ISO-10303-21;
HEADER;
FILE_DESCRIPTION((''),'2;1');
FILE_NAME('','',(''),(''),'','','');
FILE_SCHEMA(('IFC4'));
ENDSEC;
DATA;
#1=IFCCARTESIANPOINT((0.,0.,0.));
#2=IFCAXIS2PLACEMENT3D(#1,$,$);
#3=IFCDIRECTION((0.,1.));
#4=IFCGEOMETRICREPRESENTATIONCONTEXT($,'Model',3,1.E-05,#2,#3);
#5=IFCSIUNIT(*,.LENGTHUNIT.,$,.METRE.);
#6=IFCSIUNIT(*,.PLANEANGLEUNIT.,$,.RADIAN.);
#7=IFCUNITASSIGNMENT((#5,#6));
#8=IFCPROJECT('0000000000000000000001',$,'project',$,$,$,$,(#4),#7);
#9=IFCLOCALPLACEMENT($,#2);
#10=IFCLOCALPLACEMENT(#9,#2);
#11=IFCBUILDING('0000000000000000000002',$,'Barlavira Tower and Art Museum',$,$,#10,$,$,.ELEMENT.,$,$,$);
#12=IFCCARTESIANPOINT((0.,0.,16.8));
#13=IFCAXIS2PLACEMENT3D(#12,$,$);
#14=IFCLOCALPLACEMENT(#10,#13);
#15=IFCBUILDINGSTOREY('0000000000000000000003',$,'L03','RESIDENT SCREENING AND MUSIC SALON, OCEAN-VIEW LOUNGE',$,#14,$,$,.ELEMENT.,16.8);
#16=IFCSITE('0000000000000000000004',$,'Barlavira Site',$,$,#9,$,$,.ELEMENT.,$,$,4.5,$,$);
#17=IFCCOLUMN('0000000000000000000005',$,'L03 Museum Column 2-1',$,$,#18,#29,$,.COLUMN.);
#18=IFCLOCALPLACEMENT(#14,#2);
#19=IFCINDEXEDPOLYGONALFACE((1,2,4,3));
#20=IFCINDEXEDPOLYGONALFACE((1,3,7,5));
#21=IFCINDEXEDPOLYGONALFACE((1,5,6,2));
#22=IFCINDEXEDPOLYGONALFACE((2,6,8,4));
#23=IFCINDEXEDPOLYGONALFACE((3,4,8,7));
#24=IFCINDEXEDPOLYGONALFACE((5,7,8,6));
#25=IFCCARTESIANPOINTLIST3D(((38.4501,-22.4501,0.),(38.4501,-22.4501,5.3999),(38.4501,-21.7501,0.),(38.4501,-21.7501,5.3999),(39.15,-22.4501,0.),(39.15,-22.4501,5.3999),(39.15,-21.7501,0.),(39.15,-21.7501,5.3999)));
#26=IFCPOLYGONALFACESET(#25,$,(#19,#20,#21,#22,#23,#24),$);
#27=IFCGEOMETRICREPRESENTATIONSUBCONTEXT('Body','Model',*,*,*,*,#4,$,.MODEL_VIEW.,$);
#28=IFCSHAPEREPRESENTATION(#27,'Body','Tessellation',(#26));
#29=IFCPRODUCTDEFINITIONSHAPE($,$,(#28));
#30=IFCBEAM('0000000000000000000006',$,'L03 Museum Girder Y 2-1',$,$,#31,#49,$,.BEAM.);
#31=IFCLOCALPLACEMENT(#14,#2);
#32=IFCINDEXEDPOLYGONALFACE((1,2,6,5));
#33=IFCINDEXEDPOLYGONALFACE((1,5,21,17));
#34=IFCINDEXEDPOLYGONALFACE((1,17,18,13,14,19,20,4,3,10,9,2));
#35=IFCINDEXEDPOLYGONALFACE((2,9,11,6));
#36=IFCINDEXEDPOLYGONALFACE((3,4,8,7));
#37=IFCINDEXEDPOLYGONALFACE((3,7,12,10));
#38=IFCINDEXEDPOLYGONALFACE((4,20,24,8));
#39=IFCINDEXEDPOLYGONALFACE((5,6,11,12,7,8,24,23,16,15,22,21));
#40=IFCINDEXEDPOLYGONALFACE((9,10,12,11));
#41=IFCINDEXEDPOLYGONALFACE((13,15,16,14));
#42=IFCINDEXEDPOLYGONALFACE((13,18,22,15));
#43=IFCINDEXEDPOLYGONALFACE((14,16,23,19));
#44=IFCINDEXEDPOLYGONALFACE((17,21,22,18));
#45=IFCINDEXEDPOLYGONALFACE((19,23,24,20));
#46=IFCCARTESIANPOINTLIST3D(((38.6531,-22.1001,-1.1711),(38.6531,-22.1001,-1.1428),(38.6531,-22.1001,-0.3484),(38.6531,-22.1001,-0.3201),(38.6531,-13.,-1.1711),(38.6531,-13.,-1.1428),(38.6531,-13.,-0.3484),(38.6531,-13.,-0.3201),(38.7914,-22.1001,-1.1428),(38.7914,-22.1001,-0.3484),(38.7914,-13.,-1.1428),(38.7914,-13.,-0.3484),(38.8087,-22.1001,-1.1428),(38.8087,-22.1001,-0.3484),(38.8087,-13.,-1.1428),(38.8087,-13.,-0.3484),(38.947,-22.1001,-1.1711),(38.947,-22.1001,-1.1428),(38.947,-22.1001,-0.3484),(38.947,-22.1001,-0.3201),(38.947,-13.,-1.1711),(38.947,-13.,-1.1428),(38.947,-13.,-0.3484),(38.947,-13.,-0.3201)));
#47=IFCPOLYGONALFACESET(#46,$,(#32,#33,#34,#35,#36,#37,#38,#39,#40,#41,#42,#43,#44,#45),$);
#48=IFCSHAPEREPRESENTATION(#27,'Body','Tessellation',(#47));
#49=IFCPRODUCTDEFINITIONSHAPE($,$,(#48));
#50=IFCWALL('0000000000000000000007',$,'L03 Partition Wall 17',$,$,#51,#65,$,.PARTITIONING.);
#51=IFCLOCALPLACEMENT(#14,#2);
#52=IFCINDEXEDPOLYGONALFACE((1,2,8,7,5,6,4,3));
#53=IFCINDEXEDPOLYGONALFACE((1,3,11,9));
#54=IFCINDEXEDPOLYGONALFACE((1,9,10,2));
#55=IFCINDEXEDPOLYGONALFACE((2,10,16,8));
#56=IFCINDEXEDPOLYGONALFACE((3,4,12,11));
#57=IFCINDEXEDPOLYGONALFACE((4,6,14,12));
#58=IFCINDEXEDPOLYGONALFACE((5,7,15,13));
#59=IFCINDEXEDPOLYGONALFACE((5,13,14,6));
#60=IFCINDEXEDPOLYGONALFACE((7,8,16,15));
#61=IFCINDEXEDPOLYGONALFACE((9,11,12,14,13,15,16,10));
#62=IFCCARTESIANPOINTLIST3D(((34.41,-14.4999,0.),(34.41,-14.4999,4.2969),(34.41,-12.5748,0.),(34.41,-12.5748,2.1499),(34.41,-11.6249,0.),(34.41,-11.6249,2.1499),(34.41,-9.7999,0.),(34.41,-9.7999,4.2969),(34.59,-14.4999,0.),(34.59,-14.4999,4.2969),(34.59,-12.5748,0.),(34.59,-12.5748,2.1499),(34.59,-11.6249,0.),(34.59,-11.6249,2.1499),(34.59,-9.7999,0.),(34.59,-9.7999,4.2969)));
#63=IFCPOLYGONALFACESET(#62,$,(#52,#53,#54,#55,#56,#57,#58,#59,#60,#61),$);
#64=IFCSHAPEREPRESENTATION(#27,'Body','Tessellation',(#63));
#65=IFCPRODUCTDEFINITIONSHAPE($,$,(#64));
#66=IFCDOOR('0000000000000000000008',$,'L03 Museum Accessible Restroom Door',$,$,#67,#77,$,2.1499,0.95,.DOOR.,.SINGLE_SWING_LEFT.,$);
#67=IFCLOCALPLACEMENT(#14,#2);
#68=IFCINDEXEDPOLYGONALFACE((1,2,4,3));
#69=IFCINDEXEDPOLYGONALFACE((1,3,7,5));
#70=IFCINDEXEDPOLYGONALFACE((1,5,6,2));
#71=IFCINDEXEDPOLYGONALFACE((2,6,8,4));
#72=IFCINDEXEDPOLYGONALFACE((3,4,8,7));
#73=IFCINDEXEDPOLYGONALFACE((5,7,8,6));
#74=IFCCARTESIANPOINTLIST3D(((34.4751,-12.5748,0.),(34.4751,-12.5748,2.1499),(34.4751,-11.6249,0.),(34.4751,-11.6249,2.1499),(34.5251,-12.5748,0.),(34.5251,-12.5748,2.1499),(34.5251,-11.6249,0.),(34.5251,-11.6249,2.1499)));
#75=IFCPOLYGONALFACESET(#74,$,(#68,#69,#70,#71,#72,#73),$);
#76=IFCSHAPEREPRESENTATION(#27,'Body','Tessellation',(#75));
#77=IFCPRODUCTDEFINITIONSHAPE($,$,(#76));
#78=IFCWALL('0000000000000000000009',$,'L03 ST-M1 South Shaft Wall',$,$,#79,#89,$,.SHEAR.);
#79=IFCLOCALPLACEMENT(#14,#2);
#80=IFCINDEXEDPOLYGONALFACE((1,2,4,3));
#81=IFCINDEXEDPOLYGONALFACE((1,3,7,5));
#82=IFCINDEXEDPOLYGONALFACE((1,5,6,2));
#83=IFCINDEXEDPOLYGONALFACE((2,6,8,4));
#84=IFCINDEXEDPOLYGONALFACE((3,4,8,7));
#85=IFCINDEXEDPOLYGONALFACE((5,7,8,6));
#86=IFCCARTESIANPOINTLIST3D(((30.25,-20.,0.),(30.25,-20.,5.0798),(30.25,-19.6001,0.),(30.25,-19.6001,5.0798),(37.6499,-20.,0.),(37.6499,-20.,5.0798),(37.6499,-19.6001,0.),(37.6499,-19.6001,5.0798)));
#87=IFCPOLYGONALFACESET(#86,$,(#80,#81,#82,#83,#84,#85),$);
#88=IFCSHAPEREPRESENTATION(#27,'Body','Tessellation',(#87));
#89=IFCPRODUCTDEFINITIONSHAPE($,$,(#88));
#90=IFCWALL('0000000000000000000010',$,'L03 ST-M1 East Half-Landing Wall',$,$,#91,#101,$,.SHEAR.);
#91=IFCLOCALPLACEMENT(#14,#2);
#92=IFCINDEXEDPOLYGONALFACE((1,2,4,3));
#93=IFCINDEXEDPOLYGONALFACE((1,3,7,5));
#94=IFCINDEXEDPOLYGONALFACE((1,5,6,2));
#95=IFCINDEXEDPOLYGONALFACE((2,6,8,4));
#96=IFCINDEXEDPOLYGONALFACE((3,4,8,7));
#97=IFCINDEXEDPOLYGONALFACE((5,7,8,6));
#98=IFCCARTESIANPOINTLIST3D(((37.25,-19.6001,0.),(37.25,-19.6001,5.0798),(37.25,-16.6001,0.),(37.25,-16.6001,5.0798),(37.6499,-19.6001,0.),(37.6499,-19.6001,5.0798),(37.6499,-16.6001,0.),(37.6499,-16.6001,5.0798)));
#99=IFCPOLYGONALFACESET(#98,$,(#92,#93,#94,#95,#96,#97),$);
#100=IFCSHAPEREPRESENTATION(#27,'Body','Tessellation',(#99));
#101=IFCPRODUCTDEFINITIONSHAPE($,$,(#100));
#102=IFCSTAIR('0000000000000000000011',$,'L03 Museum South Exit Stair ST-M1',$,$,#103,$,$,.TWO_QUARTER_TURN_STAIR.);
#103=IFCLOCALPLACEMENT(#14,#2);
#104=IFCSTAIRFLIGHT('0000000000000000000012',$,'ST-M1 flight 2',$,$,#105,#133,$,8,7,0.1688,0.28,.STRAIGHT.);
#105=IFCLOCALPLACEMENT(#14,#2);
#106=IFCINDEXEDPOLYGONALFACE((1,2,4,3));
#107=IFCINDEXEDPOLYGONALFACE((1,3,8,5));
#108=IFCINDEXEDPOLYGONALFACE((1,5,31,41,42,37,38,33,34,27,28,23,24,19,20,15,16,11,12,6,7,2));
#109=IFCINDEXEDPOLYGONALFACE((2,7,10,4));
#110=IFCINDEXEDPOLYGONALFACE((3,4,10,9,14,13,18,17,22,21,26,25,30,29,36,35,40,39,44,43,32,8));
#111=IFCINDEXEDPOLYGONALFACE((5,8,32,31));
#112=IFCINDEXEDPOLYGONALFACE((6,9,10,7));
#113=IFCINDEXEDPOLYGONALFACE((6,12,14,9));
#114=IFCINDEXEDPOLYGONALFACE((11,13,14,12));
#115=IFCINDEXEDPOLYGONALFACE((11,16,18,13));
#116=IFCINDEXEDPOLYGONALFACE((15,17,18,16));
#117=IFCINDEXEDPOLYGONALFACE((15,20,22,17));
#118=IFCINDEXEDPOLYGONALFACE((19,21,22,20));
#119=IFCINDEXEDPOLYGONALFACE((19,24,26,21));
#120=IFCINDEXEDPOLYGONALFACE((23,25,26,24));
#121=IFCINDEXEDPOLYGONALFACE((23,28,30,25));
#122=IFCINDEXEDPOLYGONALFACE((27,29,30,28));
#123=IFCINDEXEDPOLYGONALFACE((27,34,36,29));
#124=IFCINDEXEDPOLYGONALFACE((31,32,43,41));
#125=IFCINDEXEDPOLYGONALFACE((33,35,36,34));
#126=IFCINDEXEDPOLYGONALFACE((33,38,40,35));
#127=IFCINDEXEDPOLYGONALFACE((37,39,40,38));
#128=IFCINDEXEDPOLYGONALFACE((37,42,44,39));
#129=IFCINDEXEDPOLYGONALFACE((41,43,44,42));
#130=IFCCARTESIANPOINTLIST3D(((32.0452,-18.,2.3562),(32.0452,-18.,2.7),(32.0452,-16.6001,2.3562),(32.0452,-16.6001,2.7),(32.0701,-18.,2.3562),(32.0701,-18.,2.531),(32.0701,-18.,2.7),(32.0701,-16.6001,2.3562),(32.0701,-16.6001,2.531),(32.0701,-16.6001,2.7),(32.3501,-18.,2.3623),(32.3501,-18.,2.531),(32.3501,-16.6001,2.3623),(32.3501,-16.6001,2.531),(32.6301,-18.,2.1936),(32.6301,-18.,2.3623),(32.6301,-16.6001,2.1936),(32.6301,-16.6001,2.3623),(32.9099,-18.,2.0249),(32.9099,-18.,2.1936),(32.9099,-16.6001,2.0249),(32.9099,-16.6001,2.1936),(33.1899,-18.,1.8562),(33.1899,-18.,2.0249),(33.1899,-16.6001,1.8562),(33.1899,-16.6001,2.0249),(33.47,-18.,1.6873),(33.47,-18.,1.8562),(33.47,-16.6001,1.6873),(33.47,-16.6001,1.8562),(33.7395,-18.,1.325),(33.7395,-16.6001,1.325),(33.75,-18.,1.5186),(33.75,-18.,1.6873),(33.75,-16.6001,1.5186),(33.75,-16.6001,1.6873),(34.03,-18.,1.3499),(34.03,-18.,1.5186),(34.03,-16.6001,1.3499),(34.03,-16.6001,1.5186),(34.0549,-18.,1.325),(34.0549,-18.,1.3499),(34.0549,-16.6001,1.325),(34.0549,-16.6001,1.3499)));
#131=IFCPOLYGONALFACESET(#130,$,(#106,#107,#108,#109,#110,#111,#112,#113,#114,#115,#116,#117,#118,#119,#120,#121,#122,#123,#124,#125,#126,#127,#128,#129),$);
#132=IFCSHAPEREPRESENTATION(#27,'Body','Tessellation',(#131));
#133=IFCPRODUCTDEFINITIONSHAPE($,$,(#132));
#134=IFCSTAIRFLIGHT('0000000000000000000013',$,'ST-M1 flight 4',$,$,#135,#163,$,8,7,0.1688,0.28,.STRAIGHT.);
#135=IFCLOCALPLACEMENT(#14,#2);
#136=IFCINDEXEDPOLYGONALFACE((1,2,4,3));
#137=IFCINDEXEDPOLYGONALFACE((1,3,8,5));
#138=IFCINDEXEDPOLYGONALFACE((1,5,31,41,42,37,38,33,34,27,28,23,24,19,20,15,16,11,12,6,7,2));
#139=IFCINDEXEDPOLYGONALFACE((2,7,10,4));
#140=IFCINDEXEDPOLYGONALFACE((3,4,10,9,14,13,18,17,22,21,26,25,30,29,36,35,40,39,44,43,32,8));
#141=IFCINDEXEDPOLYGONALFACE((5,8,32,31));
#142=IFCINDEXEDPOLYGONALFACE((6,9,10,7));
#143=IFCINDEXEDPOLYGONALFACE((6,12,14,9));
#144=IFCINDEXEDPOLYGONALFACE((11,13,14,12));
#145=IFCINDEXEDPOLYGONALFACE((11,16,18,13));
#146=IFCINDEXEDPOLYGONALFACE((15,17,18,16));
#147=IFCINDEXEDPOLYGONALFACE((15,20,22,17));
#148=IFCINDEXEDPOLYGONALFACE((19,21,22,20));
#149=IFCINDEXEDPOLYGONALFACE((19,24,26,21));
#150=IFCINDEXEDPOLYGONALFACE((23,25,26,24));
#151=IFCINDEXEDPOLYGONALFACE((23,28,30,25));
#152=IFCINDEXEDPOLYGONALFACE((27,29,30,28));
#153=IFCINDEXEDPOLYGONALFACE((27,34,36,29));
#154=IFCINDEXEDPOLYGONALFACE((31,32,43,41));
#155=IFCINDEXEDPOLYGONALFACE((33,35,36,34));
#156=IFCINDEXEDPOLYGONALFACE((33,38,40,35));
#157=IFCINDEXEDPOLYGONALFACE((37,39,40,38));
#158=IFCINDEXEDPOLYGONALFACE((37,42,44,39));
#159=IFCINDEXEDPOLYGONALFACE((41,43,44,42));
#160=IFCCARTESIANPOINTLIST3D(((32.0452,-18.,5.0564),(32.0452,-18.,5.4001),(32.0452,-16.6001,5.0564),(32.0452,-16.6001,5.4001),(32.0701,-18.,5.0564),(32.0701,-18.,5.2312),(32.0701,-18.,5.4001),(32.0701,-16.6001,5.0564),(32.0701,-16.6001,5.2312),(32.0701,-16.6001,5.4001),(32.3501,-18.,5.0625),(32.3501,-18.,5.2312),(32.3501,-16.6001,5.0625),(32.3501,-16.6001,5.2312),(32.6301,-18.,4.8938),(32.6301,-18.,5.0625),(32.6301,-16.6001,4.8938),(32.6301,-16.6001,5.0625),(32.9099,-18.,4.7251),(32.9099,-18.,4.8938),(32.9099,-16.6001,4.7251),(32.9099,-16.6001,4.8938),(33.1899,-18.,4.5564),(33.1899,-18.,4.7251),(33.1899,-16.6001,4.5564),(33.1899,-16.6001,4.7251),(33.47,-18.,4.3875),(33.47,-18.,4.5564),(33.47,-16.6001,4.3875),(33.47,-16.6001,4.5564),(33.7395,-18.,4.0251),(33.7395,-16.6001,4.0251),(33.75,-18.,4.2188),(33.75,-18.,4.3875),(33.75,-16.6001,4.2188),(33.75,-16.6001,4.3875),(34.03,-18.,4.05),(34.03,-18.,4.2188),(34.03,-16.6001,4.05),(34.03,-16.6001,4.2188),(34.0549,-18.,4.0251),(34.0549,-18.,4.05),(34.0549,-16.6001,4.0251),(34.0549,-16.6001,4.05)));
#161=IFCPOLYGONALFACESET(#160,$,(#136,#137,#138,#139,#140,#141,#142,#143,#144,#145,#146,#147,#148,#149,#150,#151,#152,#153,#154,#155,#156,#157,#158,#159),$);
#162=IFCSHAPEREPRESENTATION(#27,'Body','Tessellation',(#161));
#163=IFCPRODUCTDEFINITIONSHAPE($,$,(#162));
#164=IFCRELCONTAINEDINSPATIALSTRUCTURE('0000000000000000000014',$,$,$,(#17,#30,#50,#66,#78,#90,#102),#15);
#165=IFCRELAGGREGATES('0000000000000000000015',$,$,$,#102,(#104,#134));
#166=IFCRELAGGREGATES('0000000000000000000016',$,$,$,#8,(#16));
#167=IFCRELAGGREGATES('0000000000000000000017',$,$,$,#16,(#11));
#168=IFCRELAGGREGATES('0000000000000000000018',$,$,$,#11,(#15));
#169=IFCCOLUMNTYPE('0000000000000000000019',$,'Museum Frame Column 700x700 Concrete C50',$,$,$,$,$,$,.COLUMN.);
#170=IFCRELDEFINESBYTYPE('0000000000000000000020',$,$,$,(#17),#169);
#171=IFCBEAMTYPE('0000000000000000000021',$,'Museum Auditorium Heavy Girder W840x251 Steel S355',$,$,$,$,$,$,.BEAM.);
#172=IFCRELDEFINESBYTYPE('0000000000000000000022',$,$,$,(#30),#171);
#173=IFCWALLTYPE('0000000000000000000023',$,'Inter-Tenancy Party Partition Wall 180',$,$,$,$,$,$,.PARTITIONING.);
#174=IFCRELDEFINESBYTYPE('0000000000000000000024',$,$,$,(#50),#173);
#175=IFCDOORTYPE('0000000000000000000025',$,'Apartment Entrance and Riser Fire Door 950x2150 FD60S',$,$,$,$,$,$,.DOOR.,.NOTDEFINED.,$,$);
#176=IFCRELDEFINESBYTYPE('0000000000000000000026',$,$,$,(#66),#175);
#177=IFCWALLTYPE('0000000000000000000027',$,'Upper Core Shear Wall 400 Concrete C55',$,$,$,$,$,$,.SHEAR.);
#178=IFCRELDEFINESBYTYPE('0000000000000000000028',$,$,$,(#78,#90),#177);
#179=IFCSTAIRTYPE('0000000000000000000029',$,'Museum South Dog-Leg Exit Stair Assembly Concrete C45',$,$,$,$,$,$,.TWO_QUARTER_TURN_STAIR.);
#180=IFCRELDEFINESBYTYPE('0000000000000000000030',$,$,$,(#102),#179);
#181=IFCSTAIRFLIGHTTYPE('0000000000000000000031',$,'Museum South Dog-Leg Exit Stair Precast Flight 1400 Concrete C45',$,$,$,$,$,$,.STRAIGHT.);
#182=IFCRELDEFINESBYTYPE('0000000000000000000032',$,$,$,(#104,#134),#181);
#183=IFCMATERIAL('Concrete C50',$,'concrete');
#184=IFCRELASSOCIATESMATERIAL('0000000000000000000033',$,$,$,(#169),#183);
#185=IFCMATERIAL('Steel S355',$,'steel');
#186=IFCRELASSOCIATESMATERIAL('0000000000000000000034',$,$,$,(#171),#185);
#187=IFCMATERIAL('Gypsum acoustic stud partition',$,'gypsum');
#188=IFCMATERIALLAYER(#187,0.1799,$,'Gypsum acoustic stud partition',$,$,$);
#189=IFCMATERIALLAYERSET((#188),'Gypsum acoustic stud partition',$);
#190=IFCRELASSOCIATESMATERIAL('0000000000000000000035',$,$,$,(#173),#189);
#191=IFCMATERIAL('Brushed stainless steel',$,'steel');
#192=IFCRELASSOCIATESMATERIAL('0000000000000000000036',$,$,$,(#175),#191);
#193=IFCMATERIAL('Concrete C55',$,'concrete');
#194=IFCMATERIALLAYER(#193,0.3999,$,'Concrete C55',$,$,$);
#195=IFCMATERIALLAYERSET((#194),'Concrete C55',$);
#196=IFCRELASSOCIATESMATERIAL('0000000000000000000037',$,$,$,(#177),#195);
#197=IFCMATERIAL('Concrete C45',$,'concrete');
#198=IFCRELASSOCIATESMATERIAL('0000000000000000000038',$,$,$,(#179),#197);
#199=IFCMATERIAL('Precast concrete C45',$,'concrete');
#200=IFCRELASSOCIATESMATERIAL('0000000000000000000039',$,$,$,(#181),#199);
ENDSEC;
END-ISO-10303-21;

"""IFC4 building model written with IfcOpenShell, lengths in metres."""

from ifc_helpers import new_model, si_unit, direction, frame, frame_2d, origin, origin_2d, place, context, subcontext, project, spatial, polyline, rectangle, i_section, outline, extrude, material, layer, layer_set, material_profile, profile_set, type_object, element, fill, aggregate, save


model = new_model("IFC4")

# Units and contexts
model_context = context("Model", 3, precision=1e-05, world=origin(), true_north=direction((0.0, 1.0)))
body_context = subcontext(model_context, "Body", "Model", "MODEL_VIEW")
ifc_project = project(units=[si_unit("LENGTHUNIT", "METRE"), si_unit("PLANEANGLEUNIT", "RADIAN")], contexts=[model_context])

# Site, building, storey
site_placement = place(None, origin())
site = spatial("IfcSite", under=ifc_project, at=site_placement, Name="Barlavira Site", CompositionType="ELEMENT", RefElevation=4.5)
building_placement = place(site_placement, origin())
building = spatial("IfcBuilding", under=site, at=building_placement, Name="Barlavira Tower and Art Museum", CompositionType="ELEMENT")
storey_placement = place(building_placement, frame((0.0, 0.0, 16.8)))
storey = spatial("IfcBuildingStorey", under=building, at=storey_placement, Name="L03", Description="RESIDENT SCREENING AND MUSIC SALON, OCEAN-VIEW LOUNGE", CompositionType="ELEMENT", Elevation=16.8)

# Column
ifc_material_1 = material(Name="Concrete C50", Category="concrete")
ifc_material_profile_1 = material_profile(ifc_material_1, rectangle(XDim=0.7, YDim=0.7, at=origin_2d()), Name="RC-COL 700x700")
ifc_profile_set_1 = profile_set([ifc_material_profile_1], Name="Concrete C50")
column_type = type_object("IfcColumnType", Name="Museum Frame Column 700x700 Concrete C50", PredefinedType="COLUMN", material=ifc_profile_set_1)
column_placement = place(storey_placement, frame((38.8, -22.1001, 0.0), z_axis=(0.0, 0.0, 1.0), x_axis=(1.0, 0.0, 0.0)))
element("IfcColumn", 1, at=column_placement, inside=storey, type_object=column_type, Name="L03 Museum Column 2-1", PredefinedType="COLUMN", context=body_context, shape_type="SweptSolid", body=[
    extrude(rectangle(XDim=0.7, YDim=0.7, at=origin_2d()), origin(), (0.0, 0.0, 1.0), 5.3999),
])

# Beam
ifc_material_2 = material(Name="Steel S355", Category="steel")
ifc_material_profile_2 = material_profile(ifc_material_2, i_section(OverallWidth=0.2939, OverallDepth=0.8511, WebThickness=0.0173, FlangeThickness=0.0283, at=origin_2d()), Name="W840x251.0")
ifc_profile_set_2 = profile_set([ifc_material_profile_2], Name="Steel S355")
beam_type = type_object("IfcBeamType", Name="Museum Auditorium Heavy Girder W840x251 Steel S355", PredefinedType="BEAM", material=ifc_profile_set_2)
beam_placement = place(storey_placement, frame((38.8, -22.1001, -0.7456), z_axis=(0.0, 1.0, 0.0), x_axis=(-1.0, 0.0, 0.0)))
element("IfcBeam", 2, at=beam_placement, inside=storey, type_object=beam_type, Name="L03 Museum Girder Y 2-1", PredefinedType="BEAM", context=body_context, shape_type="SweptSolid", body=[
    extrude(i_section(OverallWidth=0.2939, OverallDepth=0.8511, WebThickness=0.0173, FlangeThickness=0.0283, at=origin_2d()), origin(), (0.0, 0.0, 1.0), 9.1001),
])

# Wall, opening, door
ifc_material_3 = material(Name="Gypsum acoustic stud partition", Category="gypsum")
ifc_layer_1 = layer(ifc_material_3, 0.1799, Name="Gypsum acoustic stud partition")
ifc_layer_set_1 = layer_set([ifc_layer_1], Name="Gypsum acoustic stud partition")
wall_type_1 = type_object("IfcWallType", Name="Inter-Tenancy Party Partition Wall 180", PredefinedType="PARTITIONING", material=ifc_layer_set_1)
wall_1_placement = place(storey_placement, frame((34.5, -14.5, 0.0), z_axis=(0.0, 0.0, 1.0), x_axis=(0.0, 1.0, 0.0)))
wall_1 = element("IfcWall", 3, at=wall_1_placement, inside=storey, type_object=wall_type_1, Name="L03 Partition Wall 17", PredefinedType="PARTITIONING", context=body_context, shape_type="SweptSolid", body=[
    extrude(rectangle(XDim=4.7, YDim=0.1799, at=frame_2d((2.3501, 0.0))), origin(), (0.0, 0.0, 1.0), 4.2969),
])
opening_placement = place(wall_1_placement, frame((1.925, 0.0, 0.0)))
opening = element("IfcOpeningElement", 4, at=opening_placement, cuts=wall_1, PredefinedType="OPENING", context=body_context, shape_type="SweptSolid", body=[
    extrude(rectangle(XDim=0.95, YDim=2.1499, at=frame_2d((0.4751, 1.075))), frame((0.0, 0.1001, 0.0), z_axis=(0.0, -1.0, 0.0), x_axis=(1.0, 0.0, 0.0)), (0.0, 0.0, 1.0), 0.2),
])
ifc_material_4 = material(Name="Brushed stainless steel", Category="steel")
door_type = type_object("IfcDoorType", Name="Apartment Entrance and Riser Fire Door 950x2150 FD60S", OperationType="NOTDEFINED", PredefinedType="DOOR", material=ifc_material_4)
door_placement = place(opening_placement, origin())
door = element("IfcDoor", 5, at=door_placement, inside=storey, type_object=door_type, Name="L03 Museum Accessible Restroom Door", OperationType="SINGLE_SWING_LEFT", OverallHeight=2.1499, OverallWidth=0.95, PredefinedType="DOOR", context=body_context, shape_type="SweptSolid", body=[
    extrude(rectangle(XDim=0.95, YDim=2.1499, at=frame_2d((0.4751, 1.075))), frame((0.0, 0.0249, 0.0), z_axis=(0.0, -1.0, 0.0), x_axis=(1.0, 0.0, 0.0)), (0.0, 0.0, 1.0), 0.05),
])
fill(opening, door)

# Walls
ifc_material_5 = material(Name="Concrete C55", Category="concrete")
ifc_layer_2 = layer(ifc_material_5, 0.3999, Name="Concrete C55")
ifc_layer_set_2 = layer_set([ifc_layer_2], Name="Concrete C55")
wall_type_2 = type_object("IfcWallType", Name="Upper Core Shear Wall 400 Concrete C55", PredefinedType="SHEAR", material=ifc_layer_set_2)
wall_2_placement = place(storey_placement, frame((37.6499, -19.8, 0.0), z_axis=(0.0, 0.0, 1.0), x_axis=(-1.0, 0.0, 0.0)))
element("IfcWall", 6, at=wall_2_placement, inside=storey, type_object=wall_type_2, Name="L03 ST-M1 South Shaft Wall", PredefinedType="SHEAR", context=body_context, shape_type="SweptSolid", body=[
    extrude(rectangle(XDim=7.3999, YDim=0.3999, at=frame_2d((3.7, 0.0))), origin(), (0.0, 0.0, 1.0), 5.0798),
])
wall_3_placement = place(storey_placement, frame((37.45, -19.6001, 0.0), z_axis=(0.0, 0.0, 1.0), x_axis=(0.0, 1.0, 0.0)))
element("IfcWall", 7, at=wall_3_placement, inside=storey, type_object=wall_type_2, Name="L03 ST-M1 East Half-Landing Wall", PredefinedType="SHEAR", context=body_context, shape_type="SweptSolid", body=[
    extrude(rectangle(XDim=3.0, YDim=0.3999, at=frame_2d((1.5, 0.0))), origin(), (0.0, 0.0, 1.0), 5.0798),
])

# Stair, stair flights
ifc_material_6 = material(Name="Concrete C45", Category="concrete")
stair_type = type_object("IfcStairType", Name="Museum South Dog-Leg Exit Stair Assembly Concrete C45", PredefinedType="TWO_QUARTER_TURN_STAIR", material=ifc_material_6)
stair_placement = place(storey_placement, origin())
stair = element("IfcStair", 8, at=stair_placement, inside=storey, type_object=stair_type, Name="L03 Museum South Exit Stair ST-M1", PredefinedType="TWO_QUARTER_TURN_STAIR")
ifc_material_7 = material(Name="Precast concrete C45", Category="concrete")
stair_flight_type = type_object("IfcStairFlightType", Name="Museum South Dog-Leg Exit Stair Precast Flight 1400 Concrete C45", PredefinedType="STRAIGHT", material=ifc_material_7)
stair_flight_1_placement = place(storey_placement, frame((34.03, -17.3, 1.3499), z_axis=(0.0, 0.0, 1.0), x_axis=(-1.0, 0.0, 0.0)))
stair_flight_1 = element("IfcStairFlight", 9, at=stair_flight_1_placement, type_object=stair_flight_type, Name="ST-M1 flight 2", NumberOfRisers=8, NumberOfTreads=7, PredefinedType="STRAIGHT", RiserHeight=0.1688, TreadLength=0.28, context=body_context, shape_type="SweptSolid", body=[
    extrude(outline(polyline([(-0.0249, 0.0), (0.0, 0.0), (0.0, 0.1687), (0.28, 0.1687), (0.28, 0.3374), (0.5601, 0.3374), (0.5601, 0.5063), (0.8401, 0.5063), (0.8401, 0.675), (1.1201, 0.675), (1.1201, 0.8438), (1.3999, 0.8438), (1.3999, 1.0125), (1.6799, 1.0125), (1.6799, 1.1812), (1.96, 1.1812), (1.96, 1.3501), (1.9849, 1.3501), (1.9849, 1.0063), (1.96, 1.0063), (0.2905, -0.0249), (-0.0249, -0.0249), (-0.0249, 0.0)])), frame((0.0, 0.7, 0.0), z_axis=(0.0, -1.0, 0.0), x_axis=(1.0, 0.0, 0.0)), (0.0, 0.0, 1.0), 1.3999),
])
stair_flight_2_placement = place(storey_placement, frame((34.03, -17.3, 4.05), z_axis=(0.0, 0.0, 1.0), x_axis=(-1.0, 0.0, 0.0)))
stair_flight_2 = element("IfcStairFlight", 10, at=stair_flight_2_placement, type_object=stair_flight_type, Name="ST-M1 flight 4", NumberOfRisers=8, NumberOfTreads=7, PredefinedType="STRAIGHT", RiserHeight=0.1688, TreadLength=0.28, context=body_context, shape_type="SweptSolid", body=[
    extrude(outline(polyline([(-0.0249, 0.0), (0.0, 0.0), (0.0, 0.1687), (0.28, 0.1687), (0.28, 0.3374), (0.5601, 0.3374), (0.5601, 0.5063), (0.8401, 0.5063), (0.8401, 0.675), (1.1201, 0.675), (1.1201, 0.8438), (1.3999, 0.8438), (1.3999, 1.0125), (1.6799, 1.0125), (1.6799, 1.1812), (1.96, 1.1812), (1.96, 1.3501), (1.9849, 1.3501), (1.9849, 1.0063), (1.96, 1.0063), (0.2905, -0.0249), (-0.0249, -0.0249), (-0.0249, 0.0)])), frame((0.0, 0.7, 0.0), z_axis=(0.0, -1.0, 0.0), x_axis=(1.0, 0.0, 0.0)), (0.0, 0.0, 1.0), 1.3999),
])
aggregate(stair, [stair_flight_1, stair_flight_2])

save(model, "model.ifc")
